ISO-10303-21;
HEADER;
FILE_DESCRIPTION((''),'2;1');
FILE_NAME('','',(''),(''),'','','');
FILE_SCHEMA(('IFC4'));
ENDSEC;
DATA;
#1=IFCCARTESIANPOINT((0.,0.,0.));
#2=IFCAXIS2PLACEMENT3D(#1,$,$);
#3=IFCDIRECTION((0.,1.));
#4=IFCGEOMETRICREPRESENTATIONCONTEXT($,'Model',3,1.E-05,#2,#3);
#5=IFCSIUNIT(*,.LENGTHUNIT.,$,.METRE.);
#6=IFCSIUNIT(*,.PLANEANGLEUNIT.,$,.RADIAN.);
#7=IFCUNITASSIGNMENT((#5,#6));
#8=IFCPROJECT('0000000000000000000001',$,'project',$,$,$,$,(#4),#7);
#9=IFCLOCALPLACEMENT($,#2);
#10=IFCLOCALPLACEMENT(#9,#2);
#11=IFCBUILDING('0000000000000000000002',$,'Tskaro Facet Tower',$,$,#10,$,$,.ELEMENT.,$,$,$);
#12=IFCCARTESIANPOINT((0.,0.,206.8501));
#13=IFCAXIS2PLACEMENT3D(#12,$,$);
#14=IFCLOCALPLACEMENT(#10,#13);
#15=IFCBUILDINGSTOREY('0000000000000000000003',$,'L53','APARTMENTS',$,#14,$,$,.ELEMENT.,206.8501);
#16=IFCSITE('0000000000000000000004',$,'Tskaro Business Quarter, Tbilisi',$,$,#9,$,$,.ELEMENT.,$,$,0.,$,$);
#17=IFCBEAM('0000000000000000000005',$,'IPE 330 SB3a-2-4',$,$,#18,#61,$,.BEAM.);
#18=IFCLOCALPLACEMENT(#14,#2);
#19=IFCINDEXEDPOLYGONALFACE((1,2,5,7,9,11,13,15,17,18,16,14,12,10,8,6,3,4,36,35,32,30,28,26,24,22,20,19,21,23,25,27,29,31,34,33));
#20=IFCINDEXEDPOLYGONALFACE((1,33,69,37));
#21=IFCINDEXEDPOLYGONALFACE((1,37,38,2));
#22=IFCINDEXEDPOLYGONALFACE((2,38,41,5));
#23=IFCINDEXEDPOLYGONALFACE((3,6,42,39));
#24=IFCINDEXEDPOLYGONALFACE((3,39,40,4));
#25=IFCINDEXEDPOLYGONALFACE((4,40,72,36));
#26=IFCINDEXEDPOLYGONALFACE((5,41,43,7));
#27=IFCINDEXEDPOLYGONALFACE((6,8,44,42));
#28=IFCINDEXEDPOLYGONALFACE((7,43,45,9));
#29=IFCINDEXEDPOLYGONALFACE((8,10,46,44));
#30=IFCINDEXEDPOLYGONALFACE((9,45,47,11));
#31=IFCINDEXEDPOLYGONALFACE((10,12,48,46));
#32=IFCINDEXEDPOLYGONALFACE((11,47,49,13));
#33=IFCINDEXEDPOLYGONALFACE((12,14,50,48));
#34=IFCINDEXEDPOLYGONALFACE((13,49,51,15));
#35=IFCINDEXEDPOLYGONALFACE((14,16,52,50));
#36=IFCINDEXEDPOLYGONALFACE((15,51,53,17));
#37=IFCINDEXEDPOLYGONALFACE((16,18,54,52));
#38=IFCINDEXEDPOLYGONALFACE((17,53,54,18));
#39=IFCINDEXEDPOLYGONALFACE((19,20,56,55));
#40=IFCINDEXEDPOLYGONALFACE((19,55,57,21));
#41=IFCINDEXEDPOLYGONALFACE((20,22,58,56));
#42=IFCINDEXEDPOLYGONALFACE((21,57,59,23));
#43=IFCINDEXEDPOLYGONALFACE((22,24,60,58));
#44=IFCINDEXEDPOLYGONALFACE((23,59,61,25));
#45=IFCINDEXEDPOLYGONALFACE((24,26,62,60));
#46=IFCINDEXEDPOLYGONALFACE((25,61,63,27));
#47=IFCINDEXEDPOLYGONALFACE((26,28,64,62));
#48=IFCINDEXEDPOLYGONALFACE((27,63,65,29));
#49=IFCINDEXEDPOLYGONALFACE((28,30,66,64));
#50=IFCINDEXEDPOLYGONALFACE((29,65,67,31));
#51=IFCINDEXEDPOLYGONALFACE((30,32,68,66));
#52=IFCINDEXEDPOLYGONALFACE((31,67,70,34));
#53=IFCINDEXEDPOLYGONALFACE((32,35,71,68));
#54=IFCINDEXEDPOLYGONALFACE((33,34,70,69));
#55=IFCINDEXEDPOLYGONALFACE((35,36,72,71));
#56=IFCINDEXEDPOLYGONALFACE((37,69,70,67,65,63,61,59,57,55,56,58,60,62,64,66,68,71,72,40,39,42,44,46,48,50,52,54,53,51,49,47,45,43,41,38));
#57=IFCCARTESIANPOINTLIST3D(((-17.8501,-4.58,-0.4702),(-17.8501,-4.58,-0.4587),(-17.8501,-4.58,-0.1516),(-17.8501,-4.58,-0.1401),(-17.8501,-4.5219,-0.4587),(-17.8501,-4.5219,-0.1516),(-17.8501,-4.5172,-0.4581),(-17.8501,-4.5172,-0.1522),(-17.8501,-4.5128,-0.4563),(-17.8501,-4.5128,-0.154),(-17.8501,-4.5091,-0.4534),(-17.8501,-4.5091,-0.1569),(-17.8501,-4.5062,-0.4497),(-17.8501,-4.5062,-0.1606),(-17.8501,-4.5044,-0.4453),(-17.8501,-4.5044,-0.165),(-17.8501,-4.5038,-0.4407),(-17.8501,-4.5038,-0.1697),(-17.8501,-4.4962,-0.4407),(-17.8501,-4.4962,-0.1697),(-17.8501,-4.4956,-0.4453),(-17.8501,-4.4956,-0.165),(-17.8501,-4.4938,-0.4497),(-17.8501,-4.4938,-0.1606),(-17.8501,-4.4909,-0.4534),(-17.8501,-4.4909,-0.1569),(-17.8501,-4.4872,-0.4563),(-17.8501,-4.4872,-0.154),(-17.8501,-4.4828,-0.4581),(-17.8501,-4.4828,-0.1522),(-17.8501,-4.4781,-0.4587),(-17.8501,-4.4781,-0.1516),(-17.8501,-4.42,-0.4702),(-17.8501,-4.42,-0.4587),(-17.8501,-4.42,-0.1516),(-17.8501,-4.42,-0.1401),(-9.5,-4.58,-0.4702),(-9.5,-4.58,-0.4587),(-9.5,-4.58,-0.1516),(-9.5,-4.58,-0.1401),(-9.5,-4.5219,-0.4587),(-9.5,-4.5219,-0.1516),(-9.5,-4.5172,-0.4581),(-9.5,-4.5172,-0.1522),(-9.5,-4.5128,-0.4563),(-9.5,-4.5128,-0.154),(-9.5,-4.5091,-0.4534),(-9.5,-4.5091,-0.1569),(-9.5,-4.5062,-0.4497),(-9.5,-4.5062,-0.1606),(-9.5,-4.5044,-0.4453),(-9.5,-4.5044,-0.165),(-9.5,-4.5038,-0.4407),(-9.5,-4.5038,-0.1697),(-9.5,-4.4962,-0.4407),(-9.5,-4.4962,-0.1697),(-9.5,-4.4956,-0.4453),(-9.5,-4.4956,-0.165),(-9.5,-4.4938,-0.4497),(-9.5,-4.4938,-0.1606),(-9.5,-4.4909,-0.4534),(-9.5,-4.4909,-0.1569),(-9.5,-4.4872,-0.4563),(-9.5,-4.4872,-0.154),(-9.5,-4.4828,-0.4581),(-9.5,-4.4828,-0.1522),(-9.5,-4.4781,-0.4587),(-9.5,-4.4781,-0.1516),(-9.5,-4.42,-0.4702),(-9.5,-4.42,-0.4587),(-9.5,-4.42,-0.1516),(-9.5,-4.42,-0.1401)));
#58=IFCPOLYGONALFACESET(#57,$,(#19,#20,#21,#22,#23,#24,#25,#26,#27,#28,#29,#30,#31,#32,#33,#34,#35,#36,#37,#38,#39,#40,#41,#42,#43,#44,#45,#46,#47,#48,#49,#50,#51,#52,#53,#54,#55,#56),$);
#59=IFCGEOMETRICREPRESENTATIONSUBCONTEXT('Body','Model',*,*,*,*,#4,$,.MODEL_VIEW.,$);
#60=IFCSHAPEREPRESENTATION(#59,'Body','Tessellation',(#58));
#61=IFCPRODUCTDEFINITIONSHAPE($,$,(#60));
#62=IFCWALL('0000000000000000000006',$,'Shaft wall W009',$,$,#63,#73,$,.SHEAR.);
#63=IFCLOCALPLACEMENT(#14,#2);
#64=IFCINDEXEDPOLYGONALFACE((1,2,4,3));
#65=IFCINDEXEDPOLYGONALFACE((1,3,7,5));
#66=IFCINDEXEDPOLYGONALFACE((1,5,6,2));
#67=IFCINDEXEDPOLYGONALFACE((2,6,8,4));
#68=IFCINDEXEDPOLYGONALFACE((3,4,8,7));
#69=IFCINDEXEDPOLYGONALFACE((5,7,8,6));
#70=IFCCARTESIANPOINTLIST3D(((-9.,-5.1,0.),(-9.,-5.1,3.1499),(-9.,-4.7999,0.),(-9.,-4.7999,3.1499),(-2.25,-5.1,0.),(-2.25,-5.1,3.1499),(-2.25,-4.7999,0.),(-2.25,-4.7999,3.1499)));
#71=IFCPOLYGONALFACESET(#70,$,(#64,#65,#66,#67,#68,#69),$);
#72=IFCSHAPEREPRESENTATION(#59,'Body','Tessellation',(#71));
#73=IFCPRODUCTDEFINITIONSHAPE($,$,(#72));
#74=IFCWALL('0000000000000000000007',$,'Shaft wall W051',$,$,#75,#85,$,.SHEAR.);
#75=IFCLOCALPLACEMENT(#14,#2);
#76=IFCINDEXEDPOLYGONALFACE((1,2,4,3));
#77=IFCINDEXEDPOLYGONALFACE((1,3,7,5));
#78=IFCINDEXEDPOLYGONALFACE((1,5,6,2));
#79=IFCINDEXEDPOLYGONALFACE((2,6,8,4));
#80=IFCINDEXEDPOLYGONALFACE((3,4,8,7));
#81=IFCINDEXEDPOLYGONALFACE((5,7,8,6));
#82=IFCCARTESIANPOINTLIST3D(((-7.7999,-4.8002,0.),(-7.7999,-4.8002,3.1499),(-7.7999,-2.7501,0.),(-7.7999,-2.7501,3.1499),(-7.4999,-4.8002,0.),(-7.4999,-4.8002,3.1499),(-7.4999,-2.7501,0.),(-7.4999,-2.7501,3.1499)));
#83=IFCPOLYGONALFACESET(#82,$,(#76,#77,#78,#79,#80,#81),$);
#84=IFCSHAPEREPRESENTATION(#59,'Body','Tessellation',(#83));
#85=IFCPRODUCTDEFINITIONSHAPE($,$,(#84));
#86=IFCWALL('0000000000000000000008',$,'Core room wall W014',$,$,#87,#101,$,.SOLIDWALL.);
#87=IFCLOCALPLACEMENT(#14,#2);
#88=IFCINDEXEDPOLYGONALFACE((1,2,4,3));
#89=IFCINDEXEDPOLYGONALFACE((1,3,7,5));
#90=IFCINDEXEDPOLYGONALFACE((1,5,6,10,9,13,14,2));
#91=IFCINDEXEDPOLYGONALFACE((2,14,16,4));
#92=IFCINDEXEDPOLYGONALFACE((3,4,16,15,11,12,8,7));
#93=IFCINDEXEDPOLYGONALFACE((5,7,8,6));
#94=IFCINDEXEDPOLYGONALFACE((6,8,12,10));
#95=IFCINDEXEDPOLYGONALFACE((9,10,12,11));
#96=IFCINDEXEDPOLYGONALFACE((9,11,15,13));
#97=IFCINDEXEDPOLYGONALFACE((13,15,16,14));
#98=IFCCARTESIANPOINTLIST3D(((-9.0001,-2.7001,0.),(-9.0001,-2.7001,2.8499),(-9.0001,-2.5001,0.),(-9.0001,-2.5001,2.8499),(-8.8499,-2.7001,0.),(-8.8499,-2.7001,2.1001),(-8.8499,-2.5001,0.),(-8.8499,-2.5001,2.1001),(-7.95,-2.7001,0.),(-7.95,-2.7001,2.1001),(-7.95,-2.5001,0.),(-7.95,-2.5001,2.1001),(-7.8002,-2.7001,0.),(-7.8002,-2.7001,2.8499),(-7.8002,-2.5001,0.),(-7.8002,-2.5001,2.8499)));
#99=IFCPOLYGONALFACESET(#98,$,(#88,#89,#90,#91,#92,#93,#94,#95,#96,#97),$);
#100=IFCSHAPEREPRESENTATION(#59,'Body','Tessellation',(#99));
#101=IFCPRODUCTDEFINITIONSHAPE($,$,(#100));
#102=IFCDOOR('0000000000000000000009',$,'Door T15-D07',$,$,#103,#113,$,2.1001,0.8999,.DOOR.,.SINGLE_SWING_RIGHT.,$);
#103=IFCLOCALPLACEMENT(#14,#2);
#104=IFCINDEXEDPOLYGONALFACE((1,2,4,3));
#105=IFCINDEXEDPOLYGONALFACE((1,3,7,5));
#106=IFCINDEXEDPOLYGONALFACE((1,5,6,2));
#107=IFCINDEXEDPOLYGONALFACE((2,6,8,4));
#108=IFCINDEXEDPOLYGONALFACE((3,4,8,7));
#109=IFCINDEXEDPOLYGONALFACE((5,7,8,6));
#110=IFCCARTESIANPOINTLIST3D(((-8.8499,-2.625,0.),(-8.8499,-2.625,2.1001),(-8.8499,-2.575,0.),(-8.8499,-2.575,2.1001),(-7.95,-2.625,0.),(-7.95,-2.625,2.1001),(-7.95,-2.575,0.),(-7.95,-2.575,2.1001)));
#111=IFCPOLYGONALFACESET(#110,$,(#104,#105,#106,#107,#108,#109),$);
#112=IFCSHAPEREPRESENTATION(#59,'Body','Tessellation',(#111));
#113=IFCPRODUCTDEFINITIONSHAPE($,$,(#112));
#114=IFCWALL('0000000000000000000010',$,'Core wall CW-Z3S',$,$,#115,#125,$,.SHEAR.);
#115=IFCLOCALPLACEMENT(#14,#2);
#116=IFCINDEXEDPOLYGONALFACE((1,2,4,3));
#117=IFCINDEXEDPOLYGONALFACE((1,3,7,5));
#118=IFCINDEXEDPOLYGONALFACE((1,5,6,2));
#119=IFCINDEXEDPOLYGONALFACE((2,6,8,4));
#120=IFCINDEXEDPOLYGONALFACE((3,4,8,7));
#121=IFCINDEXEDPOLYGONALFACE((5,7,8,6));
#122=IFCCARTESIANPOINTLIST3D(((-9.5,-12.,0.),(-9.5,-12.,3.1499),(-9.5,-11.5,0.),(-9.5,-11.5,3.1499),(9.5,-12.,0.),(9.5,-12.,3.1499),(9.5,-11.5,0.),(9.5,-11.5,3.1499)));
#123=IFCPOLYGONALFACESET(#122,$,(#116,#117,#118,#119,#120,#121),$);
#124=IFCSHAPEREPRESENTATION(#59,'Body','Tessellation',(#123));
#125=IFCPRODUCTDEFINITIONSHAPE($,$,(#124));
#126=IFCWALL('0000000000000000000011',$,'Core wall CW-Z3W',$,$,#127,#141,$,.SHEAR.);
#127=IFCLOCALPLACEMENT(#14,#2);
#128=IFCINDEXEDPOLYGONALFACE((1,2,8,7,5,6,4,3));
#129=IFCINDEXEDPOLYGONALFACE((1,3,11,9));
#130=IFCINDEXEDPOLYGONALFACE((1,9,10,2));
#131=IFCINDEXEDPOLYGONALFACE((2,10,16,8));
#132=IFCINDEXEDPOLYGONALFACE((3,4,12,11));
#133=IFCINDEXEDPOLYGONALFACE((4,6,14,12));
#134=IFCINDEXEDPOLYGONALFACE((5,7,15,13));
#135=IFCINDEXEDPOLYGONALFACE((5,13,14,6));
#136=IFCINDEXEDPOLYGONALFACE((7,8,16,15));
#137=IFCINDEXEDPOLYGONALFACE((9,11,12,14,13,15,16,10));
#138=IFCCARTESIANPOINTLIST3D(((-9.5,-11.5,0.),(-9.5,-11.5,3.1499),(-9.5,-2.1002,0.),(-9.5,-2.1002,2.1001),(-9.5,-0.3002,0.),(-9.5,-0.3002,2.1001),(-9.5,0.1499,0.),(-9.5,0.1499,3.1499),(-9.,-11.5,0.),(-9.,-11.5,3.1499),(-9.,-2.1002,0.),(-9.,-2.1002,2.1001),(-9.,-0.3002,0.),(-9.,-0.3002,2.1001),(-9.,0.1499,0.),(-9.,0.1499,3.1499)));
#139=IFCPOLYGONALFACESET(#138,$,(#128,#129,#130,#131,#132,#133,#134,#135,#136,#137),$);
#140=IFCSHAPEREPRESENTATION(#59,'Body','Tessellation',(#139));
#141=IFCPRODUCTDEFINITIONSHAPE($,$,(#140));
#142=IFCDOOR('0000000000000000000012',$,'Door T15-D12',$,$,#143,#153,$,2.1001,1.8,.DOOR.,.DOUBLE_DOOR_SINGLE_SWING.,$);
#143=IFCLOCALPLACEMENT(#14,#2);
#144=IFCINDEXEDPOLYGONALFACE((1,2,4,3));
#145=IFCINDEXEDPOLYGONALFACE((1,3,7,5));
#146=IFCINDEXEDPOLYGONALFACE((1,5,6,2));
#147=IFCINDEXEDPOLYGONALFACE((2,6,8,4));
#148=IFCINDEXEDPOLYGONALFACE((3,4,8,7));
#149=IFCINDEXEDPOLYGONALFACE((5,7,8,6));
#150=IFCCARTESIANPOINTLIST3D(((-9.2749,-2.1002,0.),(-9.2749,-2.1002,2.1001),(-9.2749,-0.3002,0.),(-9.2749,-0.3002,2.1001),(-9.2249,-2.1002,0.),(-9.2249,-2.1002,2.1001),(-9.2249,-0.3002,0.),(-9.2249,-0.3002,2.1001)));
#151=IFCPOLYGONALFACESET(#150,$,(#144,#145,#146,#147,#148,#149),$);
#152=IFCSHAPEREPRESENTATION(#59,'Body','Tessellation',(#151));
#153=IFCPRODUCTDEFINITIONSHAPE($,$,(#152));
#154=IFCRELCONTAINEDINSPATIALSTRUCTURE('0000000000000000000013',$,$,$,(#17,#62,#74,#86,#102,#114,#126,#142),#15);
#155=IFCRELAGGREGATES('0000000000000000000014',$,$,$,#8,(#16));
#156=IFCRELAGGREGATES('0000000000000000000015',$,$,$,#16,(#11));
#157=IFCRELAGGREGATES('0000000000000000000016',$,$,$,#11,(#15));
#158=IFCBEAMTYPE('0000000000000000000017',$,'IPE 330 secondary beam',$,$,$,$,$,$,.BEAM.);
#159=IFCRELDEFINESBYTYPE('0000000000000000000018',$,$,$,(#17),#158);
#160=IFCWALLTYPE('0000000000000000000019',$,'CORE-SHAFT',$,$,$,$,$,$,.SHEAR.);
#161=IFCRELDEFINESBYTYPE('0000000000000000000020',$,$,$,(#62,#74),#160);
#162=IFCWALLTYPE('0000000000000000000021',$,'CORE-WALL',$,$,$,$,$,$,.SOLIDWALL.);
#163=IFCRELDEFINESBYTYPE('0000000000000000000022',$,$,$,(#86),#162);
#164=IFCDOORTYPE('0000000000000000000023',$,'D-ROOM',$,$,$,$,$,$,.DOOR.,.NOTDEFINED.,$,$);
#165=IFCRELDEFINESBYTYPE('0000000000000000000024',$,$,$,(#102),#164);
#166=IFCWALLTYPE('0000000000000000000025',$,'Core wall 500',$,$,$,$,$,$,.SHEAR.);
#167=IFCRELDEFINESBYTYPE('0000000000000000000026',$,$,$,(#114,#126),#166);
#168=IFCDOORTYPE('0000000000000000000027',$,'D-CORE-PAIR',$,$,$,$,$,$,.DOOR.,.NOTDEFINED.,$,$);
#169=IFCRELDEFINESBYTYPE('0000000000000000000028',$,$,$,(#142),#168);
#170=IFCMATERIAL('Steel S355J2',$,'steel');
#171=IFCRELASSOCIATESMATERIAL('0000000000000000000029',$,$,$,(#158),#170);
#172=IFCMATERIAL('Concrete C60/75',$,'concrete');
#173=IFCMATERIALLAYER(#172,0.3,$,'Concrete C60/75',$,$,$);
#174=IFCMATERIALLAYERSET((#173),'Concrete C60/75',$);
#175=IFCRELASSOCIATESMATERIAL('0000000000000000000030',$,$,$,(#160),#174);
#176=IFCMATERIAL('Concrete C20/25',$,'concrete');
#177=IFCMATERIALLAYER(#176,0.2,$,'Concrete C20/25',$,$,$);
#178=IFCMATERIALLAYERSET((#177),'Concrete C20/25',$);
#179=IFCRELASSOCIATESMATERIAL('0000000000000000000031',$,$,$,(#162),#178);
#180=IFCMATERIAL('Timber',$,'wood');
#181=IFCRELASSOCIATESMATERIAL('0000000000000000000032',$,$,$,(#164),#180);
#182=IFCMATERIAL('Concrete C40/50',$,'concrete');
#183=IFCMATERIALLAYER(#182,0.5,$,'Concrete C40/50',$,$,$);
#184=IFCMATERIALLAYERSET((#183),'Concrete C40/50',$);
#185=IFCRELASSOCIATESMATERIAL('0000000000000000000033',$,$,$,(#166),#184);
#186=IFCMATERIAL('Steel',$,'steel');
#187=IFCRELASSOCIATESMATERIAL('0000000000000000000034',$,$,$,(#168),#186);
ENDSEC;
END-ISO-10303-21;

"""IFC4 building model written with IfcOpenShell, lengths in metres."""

from ifc_helpers import new_model, si_unit, direction, frame, frame_2d, origin, origin_2d, place, context, subcontext, project, spatial, rectangle, i_section, extrude, material, layer, layer_set, material_profile, profile_set, type_object, element, fill, save


model = new_model("IFC4")

# Units and contexts
model_context = context("Model", 3, precision=1e-05, world=origin(), true_north=direction((0.0, 1.0)))
body_context = subcontext(model_context, "Body", "Model", "MODEL_VIEW")
ifc_project = project(units=[si_unit("LENGTHUNIT", "METRE"), si_unit("PLANEANGLEUNIT", "RADIAN")], contexts=[model_context])

# Site, building, storey
site_placement = place(None, origin())
site = spatial("IfcSite", under=ifc_project, at=site_placement, Name="Tskaro Business Quarter, Tbilisi", CompositionType="ELEMENT", RefElevation=0.0)
building_placement = place(site_placement, origin())
building = spatial("IfcBuilding", under=site, at=building_placement, Name="Tskaro Facet Tower", CompositionType="ELEMENT")
storey_placement = place(building_placement, frame((0.0, 0.0, 206.8501)))
storey = spatial("IfcBuildingStorey", under=building, at=storey_placement, Name="L53", Description="APARTMENTS", CompositionType="ELEMENT", Elevation=206.8501)

# Beam
ifc_material_1 = material(Name="Steel S355J2", Category="steel")
ifc_material_profile = material_profile(ifc_material_1, i_section(OverallWidth=0.1599, OverallDepth=0.3301, WebThickness=0.0076, FlangeThickness=0.0115, FilletRadius=0.0181, at=origin_2d()), Name="IPE 330")
ifc_profile_set = profile_set([ifc_material_profile], Name="Steel S355J2")
beam_type = type_object("IfcBeamType", Name="IPE 330 secondary beam", PredefinedType="BEAM", material=ifc_profile_set)
beam_placement = place(storey_placement, frame((-17.8501, -4.5, -0.3052), z_axis=(1.0, 0.0, 0.0), x_axis=(0.0, 1.0, 0.0)))
element("IfcBeam", 1, at=beam_placement, inside=storey, type_object=beam_type, Name="IPE 330 SB3a-2-4", PredefinedType="BEAM", context=body_context, shape_type="SweptSolid", body=[
    extrude(i_section(OverallWidth=0.1599, OverallDepth=0.3301, WebThickness=0.0076, FlangeThickness=0.0115, FilletRadius=0.0181, at=origin_2d()), origin(), (0.0, 0.0, 1.0), 8.3501),
])

# Walls
ifc_material_2 = material(Name="Concrete C60/75", Category="concrete")
ifc_layer_1 = layer(ifc_material_2, 0.3, Name="Concrete C60/75")
ifc_layer_set_1 = layer_set([ifc_layer_1], Name="Concrete C60/75")
wall_type_1 = type_object("IfcWallType", Name="CORE-SHAFT", PredefinedType="SHEAR", material=ifc_layer_set_1)
wall_1_placement = place(storey_placement, frame((-9.0, -4.95, 0.0), z_axis=(0.0, 0.0, 1.0), x_axis=(1.0, 0.0, 0.0)))
element("IfcWall", 2, at=wall_1_placement, inside=storey, type_object=wall_type_1, Name="Shaft wall W009", PredefinedType="SHEAR", context=body_context, shape_type="SweptSolid", body=[
    extrude(rectangle(XDim=6.75, YDim=0.3, at=frame_2d((3.375, 0.0))), origin(), (0.0, 0.0, 1.0), 3.1499),
])
wall_2_placement = place(storey_placement, frame((-7.6499, -4.8, 0.0), z_axis=(0.0, 0.0, 1.0), x_axis=(0.0, 1.0, 0.0)))
element("IfcWall", 3, at=wall_2_placement, inside=storey, type_object=wall_type_1, Name="Shaft wall W051", PredefinedType="SHEAR", context=body_context, shape_type="SweptSolid", body=[
    extrude(rectangle(XDim=2.05, YDim=0.3, at=frame_2d((1.0249, 0.0))), origin(), (0.0, 0.0, 1.0), 3.1499),
])

# Wall, opening, door
ifc_material_3 = material(Name="Concrete C20/25", Category="concrete")
ifc_layer_2 = layer(ifc_material_3, 0.2, Name="Concrete C20/25")
ifc_layer_set_2 = layer_set([ifc_layer_2], Name="Concrete C20/25")
wall_type_2 = type_object("IfcWallType", Name="CORE-WALL", PredefinedType="SOLIDWALL", material=ifc_layer_set_2)
wall_3_placement = place(storey_placement, frame((-7.8, -2.6001, 0.0), z_axis=(0.0, 0.0, 1.0), x_axis=(-1.0, 0.0, 0.0)))
wall_3 = element("IfcWall", 4, at=wall_3_placement, inside=storey, type_object=wall_type_2, Name="Core room wall W014", PredefinedType="SOLIDWALL", context=body_context, shape_type="SweptSolid", body=[
    extrude(rectangle(XDim=1.2, YDim=0.2, at=frame_2d((0.6001, 0.0))), origin(), (0.0, 0.0, 1.0), 2.8499),
])
opening_1_placement = place(wall_3_placement, frame((0.1499, 0.0, 0.0)))
opening_1 = element("IfcOpeningElement", 5, at=opening_1_placement, cuts=wall_3, PredefinedType="OPENING", context=body_context, shape_type="SweptSolid", body=[
    extrude(rectangle(XDim=0.8999, YDim=2.1001, at=frame_2d((0.45, 1.05))), frame((0.0, 0.1099, 0.0), z_axis=(0.0, -1.0, 0.0), x_axis=(1.0, 0.0, 0.0)), (0.0, 0.0, 1.0), 0.22),
])
ifc_material_4 = material(Name="Timber", Category="wood")
door_type_1 = type_object("IfcDoorType", Name="D-ROOM", OperationType="NOTDEFINED", PredefinedType="DOOR", material=ifc_material_4)
door_1_placement = place(opening_1_placement, origin())
door_1 = element("IfcDoor", 6, at=door_1_placement, inside=storey, type_object=door_type_1, Name="Door T15-D07", OperationType="SINGLE_SWING_RIGHT", OverallHeight=2.1001, OverallWidth=0.8999, PredefinedType="DOOR", context=body_context, shape_type="SweptSolid", body=[
    extrude(rectangle(XDim=0.8999, YDim=2.1001, at=frame_2d((0.45, 1.05))), frame((0.0, 0.0249, 0.0), z_axis=(0.0, -1.0, 0.0), x_axis=(1.0, 0.0, 0.0)), (0.0, 0.0, 1.0), 0.05),
])
fill(opening_1, door_1)

# Wall
ifc_material_5 = material(Name="Concrete C40/50", Category="concrete")
ifc_layer_3 = layer(ifc_material_5, 0.5, Name="Concrete C40/50")
ifc_layer_set_3 = layer_set([ifc_layer_3], Name="Concrete C40/50")
wall_type_3 = type_object("IfcWallType", Name="Core wall 500", PredefinedType="SHEAR", material=ifc_layer_set_3)
wall_4_placement = place(storey_placement, frame((-9.5, -11.75, 0.0), z_axis=(0.0, 0.0, 1.0), x_axis=(1.0, 0.0, 0.0)))
element("IfcWall", 7, at=wall_4_placement, inside=storey, type_object=wall_type_3, Name="Core wall CW-Z3S", PredefinedType="SHEAR", context=body_context, shape_type="SweptSolid", body=[
    extrude(rectangle(XDim=19.0, YDim=0.5, at=frame_2d((9.5, 0.0))), origin(), (0.0, 0.0, 1.0), 3.1499),
])

# Wall, opening, door
wall_5_placement = place(storey_placement, frame((-9.25, -11.5, 0.0), z_axis=(0.0, 0.0, 1.0), x_axis=(0.0, 1.0, 0.0)))
wall_5 = element("IfcWall", 8, at=wall_5_placement, inside=storey, type_object=wall_type_3, Name="Core wall CW-Z3W", PredefinedType="SHEAR", context=body_context, shape_type="SweptSolid", body=[
    extrude(rectangle(XDim=11.6499, YDim=0.5, at=frame_2d((5.825, 0.0))), origin(), (0.0, 0.0, 1.0), 3.1499),
])
opening_2_placement = place(wall_5_placement, frame((9.3999, 0.0, 0.0)))
opening_2 = element("IfcOpeningElement", 9, at=opening_2_placement, cuts=wall_5, PredefinedType="OPENING", context=body_context, shape_type="SweptSolid", body=[
    extrude(rectangle(XDim=1.8, YDim=2.1001, at=frame_2d((0.8999, 1.05))), frame((0.0, 0.26, 0.0), z_axis=(0.0, -1.0, 0.0), x_axis=(1.0, 0.0, 0.0)), (0.0, 0.0, 1.0), 0.52),
])
ifc_material_6 = material(Name="Steel", Category="steel")
door_type_2 = type_object("IfcDoorType", Name="D-CORE-PAIR", OperationType="NOTDEFINED", PredefinedType="DOOR", material=ifc_material_6)
door_2_placement = place(opening_2_placement, origin())
door_2 = element("IfcDoor", 10, at=door_2_placement, inside=storey, type_object=door_type_2, Name="Door T15-D12", OperationType="DOUBLE_DOOR_SINGLE_SWING", OverallHeight=2.1001, OverallWidth=1.8, PredefinedType="DOOR", context=body_context, shape_type="SweptSolid", body=[
    extrude(rectangle(XDim=1.8, YDim=2.1001, at=frame_2d((0.8999, 1.05))), frame((0.0, 0.0249, 0.0), z_axis=(0.0, -1.0, 0.0), x_axis=(1.0, 0.0, 0.0)), (0.0, 0.0, 1.0), 0.05),
])
fill(opening_2, door_2)

save(model, "model.ifc")
